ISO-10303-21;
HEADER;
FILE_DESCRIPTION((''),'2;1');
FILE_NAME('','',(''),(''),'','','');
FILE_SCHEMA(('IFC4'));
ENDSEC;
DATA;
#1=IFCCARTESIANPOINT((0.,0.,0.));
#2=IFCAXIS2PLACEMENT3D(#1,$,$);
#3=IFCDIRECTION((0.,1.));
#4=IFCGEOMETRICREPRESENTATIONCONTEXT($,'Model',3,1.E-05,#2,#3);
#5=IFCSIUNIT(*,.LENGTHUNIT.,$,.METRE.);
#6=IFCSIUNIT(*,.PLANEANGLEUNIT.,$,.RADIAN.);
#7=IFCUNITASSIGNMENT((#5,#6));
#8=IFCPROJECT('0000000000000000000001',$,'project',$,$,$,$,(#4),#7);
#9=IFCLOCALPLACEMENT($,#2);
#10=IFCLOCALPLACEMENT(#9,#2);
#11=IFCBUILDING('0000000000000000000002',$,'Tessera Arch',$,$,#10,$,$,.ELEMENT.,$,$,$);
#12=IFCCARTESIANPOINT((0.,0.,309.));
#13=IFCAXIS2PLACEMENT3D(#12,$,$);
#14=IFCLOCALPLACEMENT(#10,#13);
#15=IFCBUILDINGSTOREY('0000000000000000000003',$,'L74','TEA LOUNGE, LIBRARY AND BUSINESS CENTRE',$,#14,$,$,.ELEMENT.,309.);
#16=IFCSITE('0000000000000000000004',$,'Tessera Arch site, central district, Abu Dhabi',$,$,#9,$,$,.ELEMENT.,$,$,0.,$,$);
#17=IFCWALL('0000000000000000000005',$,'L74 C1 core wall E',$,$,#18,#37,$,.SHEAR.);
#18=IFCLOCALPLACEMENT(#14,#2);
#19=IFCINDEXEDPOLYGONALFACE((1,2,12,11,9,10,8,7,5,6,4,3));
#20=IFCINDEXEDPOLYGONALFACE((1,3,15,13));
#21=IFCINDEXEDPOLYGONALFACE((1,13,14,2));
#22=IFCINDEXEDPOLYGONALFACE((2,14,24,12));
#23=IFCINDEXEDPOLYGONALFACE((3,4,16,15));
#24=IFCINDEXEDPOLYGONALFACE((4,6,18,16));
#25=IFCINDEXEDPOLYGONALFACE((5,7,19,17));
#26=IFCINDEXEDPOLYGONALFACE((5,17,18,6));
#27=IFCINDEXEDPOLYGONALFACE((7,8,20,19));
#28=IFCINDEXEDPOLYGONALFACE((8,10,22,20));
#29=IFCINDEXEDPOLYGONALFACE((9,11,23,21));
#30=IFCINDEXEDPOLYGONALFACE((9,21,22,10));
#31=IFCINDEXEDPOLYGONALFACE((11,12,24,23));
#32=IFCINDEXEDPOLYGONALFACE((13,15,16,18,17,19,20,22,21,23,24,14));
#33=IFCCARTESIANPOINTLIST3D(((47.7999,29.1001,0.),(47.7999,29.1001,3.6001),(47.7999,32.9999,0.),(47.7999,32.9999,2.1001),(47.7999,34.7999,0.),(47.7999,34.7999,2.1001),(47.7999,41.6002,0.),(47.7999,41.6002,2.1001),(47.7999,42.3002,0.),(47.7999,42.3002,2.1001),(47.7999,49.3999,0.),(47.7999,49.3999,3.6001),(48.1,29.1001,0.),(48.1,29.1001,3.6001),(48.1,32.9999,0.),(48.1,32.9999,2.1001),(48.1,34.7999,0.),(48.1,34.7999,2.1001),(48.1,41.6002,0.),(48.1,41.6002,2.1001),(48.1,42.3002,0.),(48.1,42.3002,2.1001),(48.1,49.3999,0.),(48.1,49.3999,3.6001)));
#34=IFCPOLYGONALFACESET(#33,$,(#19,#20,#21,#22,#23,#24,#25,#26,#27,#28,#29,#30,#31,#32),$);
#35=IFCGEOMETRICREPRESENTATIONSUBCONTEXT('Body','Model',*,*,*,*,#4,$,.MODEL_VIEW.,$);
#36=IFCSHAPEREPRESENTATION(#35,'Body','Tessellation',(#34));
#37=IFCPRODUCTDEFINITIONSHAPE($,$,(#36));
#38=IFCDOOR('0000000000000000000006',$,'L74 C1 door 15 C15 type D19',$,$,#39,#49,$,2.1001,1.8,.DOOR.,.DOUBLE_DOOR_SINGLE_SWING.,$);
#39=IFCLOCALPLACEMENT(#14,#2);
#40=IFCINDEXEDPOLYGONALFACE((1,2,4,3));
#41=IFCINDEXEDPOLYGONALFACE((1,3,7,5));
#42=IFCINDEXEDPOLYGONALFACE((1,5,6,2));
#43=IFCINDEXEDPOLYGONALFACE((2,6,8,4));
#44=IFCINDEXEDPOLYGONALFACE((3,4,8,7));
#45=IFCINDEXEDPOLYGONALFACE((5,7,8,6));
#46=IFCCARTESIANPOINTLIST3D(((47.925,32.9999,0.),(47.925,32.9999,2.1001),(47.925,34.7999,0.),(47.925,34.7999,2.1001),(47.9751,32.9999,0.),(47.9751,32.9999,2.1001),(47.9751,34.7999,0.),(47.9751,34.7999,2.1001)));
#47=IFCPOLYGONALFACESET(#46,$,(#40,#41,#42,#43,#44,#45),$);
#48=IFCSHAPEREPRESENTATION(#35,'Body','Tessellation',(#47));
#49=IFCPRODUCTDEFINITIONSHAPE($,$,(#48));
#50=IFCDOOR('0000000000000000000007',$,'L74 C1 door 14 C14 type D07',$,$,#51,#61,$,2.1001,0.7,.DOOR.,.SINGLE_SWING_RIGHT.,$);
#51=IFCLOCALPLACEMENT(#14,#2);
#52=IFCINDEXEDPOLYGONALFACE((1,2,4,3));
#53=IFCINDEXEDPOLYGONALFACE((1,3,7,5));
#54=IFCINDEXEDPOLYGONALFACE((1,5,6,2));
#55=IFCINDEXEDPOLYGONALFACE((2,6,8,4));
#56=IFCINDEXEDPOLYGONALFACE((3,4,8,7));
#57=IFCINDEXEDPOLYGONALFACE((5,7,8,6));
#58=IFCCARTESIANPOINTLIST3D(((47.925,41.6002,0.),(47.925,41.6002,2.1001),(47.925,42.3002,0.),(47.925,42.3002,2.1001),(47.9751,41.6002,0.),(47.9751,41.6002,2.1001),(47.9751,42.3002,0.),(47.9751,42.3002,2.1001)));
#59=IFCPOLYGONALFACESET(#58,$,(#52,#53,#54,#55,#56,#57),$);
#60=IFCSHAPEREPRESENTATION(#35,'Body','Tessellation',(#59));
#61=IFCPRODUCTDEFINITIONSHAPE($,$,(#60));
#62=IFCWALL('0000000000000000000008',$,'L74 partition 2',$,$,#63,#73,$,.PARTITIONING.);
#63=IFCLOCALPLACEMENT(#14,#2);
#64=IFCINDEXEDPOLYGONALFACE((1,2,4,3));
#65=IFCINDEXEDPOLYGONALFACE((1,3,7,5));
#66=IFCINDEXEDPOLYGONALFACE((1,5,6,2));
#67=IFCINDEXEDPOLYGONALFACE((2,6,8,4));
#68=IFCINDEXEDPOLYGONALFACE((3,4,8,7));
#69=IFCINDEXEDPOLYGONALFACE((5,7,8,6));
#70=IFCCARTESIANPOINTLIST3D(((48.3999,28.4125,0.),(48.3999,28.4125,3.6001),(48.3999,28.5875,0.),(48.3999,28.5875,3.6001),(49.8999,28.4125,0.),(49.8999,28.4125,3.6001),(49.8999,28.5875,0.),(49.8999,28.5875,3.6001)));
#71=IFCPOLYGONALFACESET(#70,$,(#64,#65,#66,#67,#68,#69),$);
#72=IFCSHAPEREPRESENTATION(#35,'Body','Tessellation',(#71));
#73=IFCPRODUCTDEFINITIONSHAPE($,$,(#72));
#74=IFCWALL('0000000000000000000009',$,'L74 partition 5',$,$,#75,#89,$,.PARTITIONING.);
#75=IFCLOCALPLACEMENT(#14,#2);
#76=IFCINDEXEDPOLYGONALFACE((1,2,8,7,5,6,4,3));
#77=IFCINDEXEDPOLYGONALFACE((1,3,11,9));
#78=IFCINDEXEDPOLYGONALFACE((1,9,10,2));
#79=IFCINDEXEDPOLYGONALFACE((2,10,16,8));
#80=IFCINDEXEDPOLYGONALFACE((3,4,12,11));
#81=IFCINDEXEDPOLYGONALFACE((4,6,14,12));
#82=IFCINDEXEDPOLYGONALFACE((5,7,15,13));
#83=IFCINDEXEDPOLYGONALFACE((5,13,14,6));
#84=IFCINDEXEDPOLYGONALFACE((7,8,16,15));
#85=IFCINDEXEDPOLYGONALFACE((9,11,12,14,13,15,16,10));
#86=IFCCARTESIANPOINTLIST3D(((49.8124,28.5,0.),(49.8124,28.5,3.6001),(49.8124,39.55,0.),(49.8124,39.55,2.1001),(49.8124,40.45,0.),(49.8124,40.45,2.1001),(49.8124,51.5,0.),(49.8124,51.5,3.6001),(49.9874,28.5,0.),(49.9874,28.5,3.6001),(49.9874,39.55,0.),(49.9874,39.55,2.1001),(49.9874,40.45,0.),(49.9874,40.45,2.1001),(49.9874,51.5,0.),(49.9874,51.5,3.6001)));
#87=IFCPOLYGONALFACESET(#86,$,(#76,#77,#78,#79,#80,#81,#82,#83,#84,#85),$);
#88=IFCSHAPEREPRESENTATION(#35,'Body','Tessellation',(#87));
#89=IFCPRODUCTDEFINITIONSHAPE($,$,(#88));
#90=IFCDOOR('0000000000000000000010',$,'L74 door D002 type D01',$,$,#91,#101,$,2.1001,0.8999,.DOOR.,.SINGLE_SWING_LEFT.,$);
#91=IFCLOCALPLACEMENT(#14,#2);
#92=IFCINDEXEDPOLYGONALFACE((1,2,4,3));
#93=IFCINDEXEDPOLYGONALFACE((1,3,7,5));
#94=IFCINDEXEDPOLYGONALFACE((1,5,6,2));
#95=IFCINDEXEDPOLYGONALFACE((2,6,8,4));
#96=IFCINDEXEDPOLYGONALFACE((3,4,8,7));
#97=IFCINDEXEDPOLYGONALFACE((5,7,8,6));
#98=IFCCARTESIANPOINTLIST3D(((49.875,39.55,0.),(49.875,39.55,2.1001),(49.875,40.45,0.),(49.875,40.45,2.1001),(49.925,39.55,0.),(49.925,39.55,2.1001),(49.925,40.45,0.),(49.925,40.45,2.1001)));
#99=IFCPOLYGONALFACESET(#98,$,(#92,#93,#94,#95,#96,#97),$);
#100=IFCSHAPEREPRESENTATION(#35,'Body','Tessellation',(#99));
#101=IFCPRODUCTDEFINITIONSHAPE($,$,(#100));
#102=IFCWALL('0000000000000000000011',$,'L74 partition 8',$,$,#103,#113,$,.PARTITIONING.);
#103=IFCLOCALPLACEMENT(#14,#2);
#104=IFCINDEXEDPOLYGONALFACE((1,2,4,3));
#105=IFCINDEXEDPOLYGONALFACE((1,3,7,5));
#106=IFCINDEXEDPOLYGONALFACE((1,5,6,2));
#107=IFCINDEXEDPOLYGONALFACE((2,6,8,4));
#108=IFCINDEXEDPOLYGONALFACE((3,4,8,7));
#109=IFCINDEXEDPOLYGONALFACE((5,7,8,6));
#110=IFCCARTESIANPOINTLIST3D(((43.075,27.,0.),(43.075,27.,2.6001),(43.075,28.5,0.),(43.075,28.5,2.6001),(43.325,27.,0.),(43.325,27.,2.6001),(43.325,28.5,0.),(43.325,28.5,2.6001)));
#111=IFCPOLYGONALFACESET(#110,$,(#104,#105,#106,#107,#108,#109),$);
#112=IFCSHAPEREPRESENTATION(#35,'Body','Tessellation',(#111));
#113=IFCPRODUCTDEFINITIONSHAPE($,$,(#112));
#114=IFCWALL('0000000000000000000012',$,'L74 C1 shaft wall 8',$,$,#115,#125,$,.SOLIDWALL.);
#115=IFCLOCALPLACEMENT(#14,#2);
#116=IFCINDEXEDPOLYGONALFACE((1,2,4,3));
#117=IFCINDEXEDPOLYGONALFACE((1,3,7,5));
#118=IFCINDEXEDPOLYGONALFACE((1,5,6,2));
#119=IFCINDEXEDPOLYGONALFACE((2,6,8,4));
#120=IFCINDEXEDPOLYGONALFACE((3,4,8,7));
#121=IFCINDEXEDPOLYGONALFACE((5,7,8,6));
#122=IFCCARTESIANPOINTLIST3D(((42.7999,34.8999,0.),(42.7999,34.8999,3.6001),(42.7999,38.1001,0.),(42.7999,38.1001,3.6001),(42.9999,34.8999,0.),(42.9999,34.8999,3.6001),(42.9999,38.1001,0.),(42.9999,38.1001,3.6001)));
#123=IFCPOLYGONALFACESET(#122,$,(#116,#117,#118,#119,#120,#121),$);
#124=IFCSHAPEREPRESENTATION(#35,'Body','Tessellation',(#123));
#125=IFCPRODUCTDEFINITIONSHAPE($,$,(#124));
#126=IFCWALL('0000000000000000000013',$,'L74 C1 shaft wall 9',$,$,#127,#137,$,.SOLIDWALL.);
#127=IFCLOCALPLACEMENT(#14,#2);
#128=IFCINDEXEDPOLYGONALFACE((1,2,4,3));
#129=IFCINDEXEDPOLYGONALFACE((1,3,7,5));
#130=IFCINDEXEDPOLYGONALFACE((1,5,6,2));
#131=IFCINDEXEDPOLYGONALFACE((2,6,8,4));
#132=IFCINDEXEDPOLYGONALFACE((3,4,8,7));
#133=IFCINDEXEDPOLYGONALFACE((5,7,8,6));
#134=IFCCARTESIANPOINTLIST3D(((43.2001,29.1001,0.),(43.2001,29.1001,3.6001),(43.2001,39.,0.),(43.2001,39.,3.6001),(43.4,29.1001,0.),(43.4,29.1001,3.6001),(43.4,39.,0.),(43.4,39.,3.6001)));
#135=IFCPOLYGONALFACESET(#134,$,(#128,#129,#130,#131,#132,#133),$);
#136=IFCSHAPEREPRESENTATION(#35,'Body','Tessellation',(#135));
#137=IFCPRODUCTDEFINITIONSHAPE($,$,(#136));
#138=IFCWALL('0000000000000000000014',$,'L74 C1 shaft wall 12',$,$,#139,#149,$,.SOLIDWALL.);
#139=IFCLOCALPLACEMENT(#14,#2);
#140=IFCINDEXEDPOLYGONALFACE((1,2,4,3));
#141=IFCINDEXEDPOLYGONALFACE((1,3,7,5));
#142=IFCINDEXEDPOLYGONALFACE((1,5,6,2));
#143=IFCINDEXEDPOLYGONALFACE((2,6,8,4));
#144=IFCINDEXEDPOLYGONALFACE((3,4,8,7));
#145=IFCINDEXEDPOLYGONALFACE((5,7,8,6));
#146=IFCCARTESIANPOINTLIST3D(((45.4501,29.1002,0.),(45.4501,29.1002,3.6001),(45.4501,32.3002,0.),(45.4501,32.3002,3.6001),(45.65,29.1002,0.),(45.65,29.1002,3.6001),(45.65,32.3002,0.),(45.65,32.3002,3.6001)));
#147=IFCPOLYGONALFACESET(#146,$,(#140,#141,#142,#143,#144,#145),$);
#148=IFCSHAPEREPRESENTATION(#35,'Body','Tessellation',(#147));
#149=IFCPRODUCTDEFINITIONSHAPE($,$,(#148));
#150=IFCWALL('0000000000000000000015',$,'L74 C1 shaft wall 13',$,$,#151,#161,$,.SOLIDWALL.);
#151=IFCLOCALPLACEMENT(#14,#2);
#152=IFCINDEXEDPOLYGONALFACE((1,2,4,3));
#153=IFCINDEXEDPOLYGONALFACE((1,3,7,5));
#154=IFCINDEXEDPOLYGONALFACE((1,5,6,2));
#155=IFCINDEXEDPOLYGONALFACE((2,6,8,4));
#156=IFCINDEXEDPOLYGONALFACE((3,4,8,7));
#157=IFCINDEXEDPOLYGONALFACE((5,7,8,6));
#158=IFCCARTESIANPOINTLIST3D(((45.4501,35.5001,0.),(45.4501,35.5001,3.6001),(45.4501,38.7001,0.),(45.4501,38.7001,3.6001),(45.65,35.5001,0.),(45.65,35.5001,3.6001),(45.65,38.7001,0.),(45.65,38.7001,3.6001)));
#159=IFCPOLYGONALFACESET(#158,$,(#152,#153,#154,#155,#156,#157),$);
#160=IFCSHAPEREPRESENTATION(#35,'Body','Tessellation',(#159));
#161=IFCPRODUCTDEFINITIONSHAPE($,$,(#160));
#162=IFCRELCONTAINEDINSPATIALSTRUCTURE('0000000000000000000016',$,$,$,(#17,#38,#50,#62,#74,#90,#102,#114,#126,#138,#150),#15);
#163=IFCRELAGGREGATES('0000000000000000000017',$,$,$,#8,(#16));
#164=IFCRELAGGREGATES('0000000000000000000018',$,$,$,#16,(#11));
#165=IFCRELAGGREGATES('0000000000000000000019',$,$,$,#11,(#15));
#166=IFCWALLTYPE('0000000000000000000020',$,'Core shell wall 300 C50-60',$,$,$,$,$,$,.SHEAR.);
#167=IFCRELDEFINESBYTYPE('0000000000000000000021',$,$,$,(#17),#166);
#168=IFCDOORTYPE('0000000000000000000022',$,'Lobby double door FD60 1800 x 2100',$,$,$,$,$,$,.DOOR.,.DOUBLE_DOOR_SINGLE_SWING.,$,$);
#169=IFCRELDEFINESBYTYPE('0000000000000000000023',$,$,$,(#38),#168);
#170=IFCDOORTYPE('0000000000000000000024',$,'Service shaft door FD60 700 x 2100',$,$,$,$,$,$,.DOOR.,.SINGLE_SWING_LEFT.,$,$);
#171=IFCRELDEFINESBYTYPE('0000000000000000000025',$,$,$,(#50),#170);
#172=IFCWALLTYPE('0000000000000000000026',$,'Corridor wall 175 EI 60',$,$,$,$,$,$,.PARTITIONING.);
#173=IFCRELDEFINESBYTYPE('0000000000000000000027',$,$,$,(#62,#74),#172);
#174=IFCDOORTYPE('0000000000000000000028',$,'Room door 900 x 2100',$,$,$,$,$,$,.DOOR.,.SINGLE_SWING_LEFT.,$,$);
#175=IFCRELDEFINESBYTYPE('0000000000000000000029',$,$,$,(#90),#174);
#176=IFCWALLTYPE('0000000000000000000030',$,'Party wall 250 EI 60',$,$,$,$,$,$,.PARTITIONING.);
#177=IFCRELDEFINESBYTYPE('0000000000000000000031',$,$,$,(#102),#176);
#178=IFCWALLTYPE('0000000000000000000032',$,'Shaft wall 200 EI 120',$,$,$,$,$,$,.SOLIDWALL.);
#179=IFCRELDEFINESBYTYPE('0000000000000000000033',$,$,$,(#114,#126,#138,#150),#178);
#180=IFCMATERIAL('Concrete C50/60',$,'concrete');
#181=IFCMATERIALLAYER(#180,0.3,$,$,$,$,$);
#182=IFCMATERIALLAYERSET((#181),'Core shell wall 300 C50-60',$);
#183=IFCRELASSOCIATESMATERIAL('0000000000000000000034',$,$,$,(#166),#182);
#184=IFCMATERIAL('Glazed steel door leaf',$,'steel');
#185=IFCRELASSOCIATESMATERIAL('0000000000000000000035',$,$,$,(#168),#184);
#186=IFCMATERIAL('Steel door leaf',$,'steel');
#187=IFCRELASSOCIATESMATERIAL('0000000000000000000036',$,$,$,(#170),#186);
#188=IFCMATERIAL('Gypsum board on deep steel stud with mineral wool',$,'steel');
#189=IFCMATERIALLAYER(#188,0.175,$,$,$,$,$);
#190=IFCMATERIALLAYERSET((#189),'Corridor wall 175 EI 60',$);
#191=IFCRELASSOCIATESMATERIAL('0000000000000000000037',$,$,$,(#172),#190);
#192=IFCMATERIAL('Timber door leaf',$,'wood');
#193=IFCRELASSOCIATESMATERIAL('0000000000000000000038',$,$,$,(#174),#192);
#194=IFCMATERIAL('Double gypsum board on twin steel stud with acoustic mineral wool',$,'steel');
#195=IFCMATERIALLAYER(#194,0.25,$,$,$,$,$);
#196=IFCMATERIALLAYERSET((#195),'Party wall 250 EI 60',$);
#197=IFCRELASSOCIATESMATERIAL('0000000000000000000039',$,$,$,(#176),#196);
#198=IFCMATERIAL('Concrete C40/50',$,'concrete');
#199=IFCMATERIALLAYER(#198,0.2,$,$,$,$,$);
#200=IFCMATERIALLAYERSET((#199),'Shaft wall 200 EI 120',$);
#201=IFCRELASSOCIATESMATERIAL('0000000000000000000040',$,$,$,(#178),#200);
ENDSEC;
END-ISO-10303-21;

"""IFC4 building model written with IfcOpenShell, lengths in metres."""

from ifc_helpers import new_model, si_unit, direction, frame, frame_2d, origin, place, context, subcontext, project, spatial, rectangle, extrude, material, layer, layer_set, type_object, element, fill, save


model = new_model("IFC4")

# Units and contexts
model_context = context("Model", 3, precision=1e-05, world=origin(), true_north=direction((0.0, 1.0)))
body_context = subcontext(model_context, "Body", "Model", "MODEL_VIEW")
ifc_project = project(units=[si_unit("LENGTHUNIT", "METRE"), si_unit("PLANEANGLEUNIT", "RADIAN")], contexts=[model_context])

# Site, building, storey
site_placement = place(None, origin())
site = spatial("IfcSite", under=ifc_project, at=site_placement, Name="Tessera Arch site, central district, Abu Dhabi", CompositionType="ELEMENT", RefElevation=0.0)
building_placement = place(site_placement, origin())
building = spatial("IfcBuilding", under=site, at=building_placement, Name="Tessera Arch", CompositionType="ELEMENT")
storey_placement = place(building_placement, frame((0.0, 0.0, 309.0)))
storey = spatial("IfcBuildingStorey", under=building, at=storey_placement, Name="L74", Description="TEA LOUNGE, LIBRARY AND BUSINESS CENTRE", CompositionType="ELEMENT", Elevation=309.0)

# Wall, openings, doors
ifc_material_1 = material(Name="Concrete C50/60", Category="concrete")
ifc_layer_1 = layer(ifc_material_1, 0.3)
ifc_layer_set_1 = layer_set([ifc_layer_1], Name="Core shell wall 300 C50-60")
wall_type_1 = type_object("IfcWallType", Name="Core shell wall 300 C50-60", PredefinedType="SHEAR", material=ifc_layer_set_1)
wall_1_placement = place(storey_placement, frame((47.95, 29.1001, 0.0), z_axis=(0.0, 0.0, 1.0), x_axis=(0.0, 1.0, 0.0)))
wall_1 = element("IfcWall", 1, at=wall_1_placement, inside=storey, type_object=wall_type_1, Name="L74 C1 core wall E", PredefinedType="SHEAR", context=body_context, shape_type="SweptSolid", body=[
    extrude(rectangle(XDim=20.2998, YDim=0.3, at=frame_2d((10.1499, 0.0))), origin(), (0.0, 0.0, 1.0), 3.6001),
])
opening_1_placement = place(wall_1_placement, frame((12.5, 0.0, 0.0)))
opening_1 = element("IfcOpeningElement", 2, at=opening_1_placement, cuts=wall_1, PredefinedType="OPENING", context=body_context, shape_type="SweptSolid", body=[
    extrude(rectangle(XDim=0.7, YDim=2.1001, at=frame_2d((0.3501, 1.05))), frame((0.0, 0.1599, 0.0), z_axis=(0.0, -1.0, 0.0), x_axis=(1.0, 0.0, 0.0)), (0.0, 0.0, 1.0), 0.3201),
])
opening_2_placement = place(wall_1_placement, frame((3.8999, 0.0, 0.0)))
opening_2 = element("IfcOpeningElement", 3, at=opening_2_placement, cuts=wall_1, PredefinedType="OPENING", context=body_context, shape_type="SweptSolid", body=[
    extrude(rectangle(XDim=1.8, YDim=2.1001, at=frame_2d((0.8999, 1.05))), frame((0.0, 0.1599, 0.0), z_axis=(0.0, -1.0, 0.0), x_axis=(1.0, 0.0, 0.0)), (0.0, 0.0, 1.0), 0.3201),
])
ifc_material_2 = material(Name="Glazed steel door leaf", Category="steel")
door_type_1 = type_object("IfcDoorType", Name="Lobby double door FD60 1800 x 2100", OperationType="DOUBLE_DOOR_SINGLE_SWING", PredefinedType="DOOR", material=ifc_material_2)
door_1_placement = place(opening_2_placement, origin())
door_1 = element("IfcDoor", 4, at=door_1_placement, inside=storey, type_object=door_type_1, Name="L74 C1 door 15 C15 type D19", OperationType="DOUBLE_DOOR_SINGLE_SWING", OverallHeight=2.1001, OverallWidth=1.8, PredefinedType="DOOR", context=body_context, shape_type="SweptSolid", body=[
    extrude(rectangle(XDim=1.8, YDim=2.1001, at=frame_2d((0.8999, 1.05))), frame((0.0, 0.0249, 0.0), z_axis=(0.0, -1.0, 0.0), x_axis=(1.0, 0.0, 0.0)), (0.0, 0.0, 1.0), 0.05),
])
fill(opening_2, door_1)
ifc_material_3 = material(Name="Steel door leaf", Category="steel")
door_type_2 = type_object("IfcDoorType", Name="Service shaft door FD60 700 x 2100", OperationType="SINGLE_SWING_LEFT", PredefinedType="DOOR", material=ifc_material_3)
door_2_placement = place(opening_1_placement, origin())
door_2 = element("IfcDoor", 5, at=door_2_placement, inside=storey, type_object=door_type_2, Name="L74 C1 door 14 C14 type D07", OperationType="SINGLE_SWING_RIGHT", OverallHeight=2.1001, OverallWidth=0.7, PredefinedType="DOOR", context=body_context, shape_type="SweptSolid", body=[
    extrude(rectangle(XDim=0.7, YDim=2.1001, at=frame_2d((0.3501, 1.05))), frame((0.0, 0.0249, 0.0), z_axis=(0.0, -1.0, 0.0), x_axis=(1.0, 0.0, 0.0)), (0.0, 0.0, 1.0), 0.05),
])
fill(opening_1, door_2)

# Wall
ifc_material_4 = material(Name="Gypsum board on deep steel stud with mineral wool", Category="steel")
ifc_layer_2 = layer(ifc_material_4, 0.175)
ifc_layer_set_2 = layer_set([ifc_layer_2], Name="Corridor wall 175 EI 60")
wall_type_2 = type_object("IfcWallType", Name="Corridor wall 175 EI 60", PredefinedType="PARTITIONING", material=ifc_layer_set_2)
wall_2_placement = place(storey_placement, frame((48.3999, 28.5, 0.0), z_axis=(0.0, 0.0, 1.0), x_axis=(1.0, 0.0, 0.0)))
element("IfcWall", 6, at=wall_2_placement, inside=storey, type_object=wall_type_2, Name="L74 partition 2", PredefinedType="PARTITIONING", context=body_context, shape_type="SweptSolid", body=[
    extrude(rectangle(XDim=1.5, YDim=0.175, at=frame_2d((0.75, 0.0))), origin(), (0.0, 0.0, 1.0), 3.6001),
])

# Wall, opening, door
wall_3_placement = place(storey_placement, frame((49.8999, 28.5, 0.0), z_axis=(0.0, 0.0, 1.0), x_axis=(0.0, 1.0, 0.0)))
wall_3 = element("IfcWall", 7, at=wall_3_placement, inside=storey, type_object=wall_type_2, Name="L74 partition 5", PredefinedType="PARTITIONING", context=body_context, shape_type="SweptSolid", body=[
    extrude(rectangle(XDim=23.0, YDim=0.175, at=frame_2d((11.5, 0.0))), origin(), (0.0, 0.0, 1.0), 3.6001),
])
opening_3_placement = place(wall_3_placement, frame((11.05, 0.0, 0.0)))
opening_3 = element("IfcOpeningElement", 8, at=opening_3_placement, cuts=wall_3, PredefinedType="OPENING", context=body_context, shape_type="SweptSolid", body=[
    extrude(rectangle(XDim=0.8999, YDim=2.1001, at=frame_2d((0.45, 1.05))), frame((0.0, 0.0974, 0.0), z_axis=(0.0, -1.0, 0.0), x_axis=(1.0, 0.0, 0.0)), (0.0, 0.0, 1.0), 0.1951),
])
ifc_material_5 = material(Name="Timber door leaf", Category="wood")
door_type_3 = type_object("IfcDoorType", Name="Room door 900 x 2100", OperationType="SINGLE_SWING_LEFT", PredefinedType="DOOR", material=ifc_material_5)
door_3_placement = place(opening_3_placement, origin())
door_3 = element("IfcDoor", 9, at=door_3_placement, inside=storey, type_object=door_type_3, Name="L74 door D002 type D01", OperationType="SINGLE_SWING_LEFT", OverallHeight=2.1001, OverallWidth=0.8999, PredefinedType="DOOR", context=body_context, shape_type="SweptSolid", body=[
    extrude(rectangle(XDim=0.8999, YDim=2.1001, at=frame_2d((0.45, 1.05))), frame((0.0, 0.0249, 0.0), z_axis=(0.0, -1.0, 0.0), x_axis=(1.0, 0.0, 0.0)), (0.0, 0.0, 1.0), 0.05),
])
fill(opening_3, door_3)

# Walls
ifc_material_6 = material(Name="Double gypsum board on twin steel stud with acoustic mineral wool", Category="steel")
ifc_layer_3 = layer(ifc_material_6, 0.25)
ifc_layer_set_3 = layer_set([ifc_layer_3], Name="Party wall 250 EI 60")
wall_type_3 = type_object("IfcWallType", Name="Party wall 250 EI 60", PredefinedType="PARTITIONING", material=ifc_layer_set_3)
wall_4_placement = place(storey_placement, frame((43.2, 27.0, 0.0), z_axis=(0.0, 0.0, 1.0), x_axis=(0.0, 1.0, 0.0)))
element("IfcWall", 10, at=wall_4_placement, inside=storey, type_object=wall_type_3, Name="L74 partition 8", PredefinedType="PARTITIONING", context=body_context, shape_type="SweptSolid", body=[
    extrude(rectangle(XDim=1.5, YDim=0.25, at=frame_2d((0.75, 0.0))), origin(), (0.0, 0.0, 1.0), 2.6001),
])
ifc_material_7 = material(Name="Concrete C40/50", Category="concrete")
ifc_layer_4 = layer(ifc_material_7, 0.2)
ifc_layer_set_4 = layer_set([ifc_layer_4], Name="Shaft wall 200 EI 120")
wall_type_4 = type_object("IfcWallType", Name="Shaft wall 200 EI 120", PredefinedType="SOLIDWALL", material=ifc_layer_set_4)
wall_5_placement = place(storey_placement, frame((42.8999, 34.8999, 0.0), z_axis=(0.0, 0.0, 1.0), x_axis=(0.0, 1.0, 0.0)))
element("IfcWall", 11, at=wall_5_placement, inside=storey, type_object=wall_type_4, Name="L74 C1 shaft wall 8", PredefinedType="SOLIDWALL", context=body_context, shape_type="SweptSolid", body=[
    extrude(rectangle(XDim=3.2002, YDim=0.2, at=frame_2d((1.6001, 0.0))), origin(), (0.0, 0.0, 1.0), 3.6001),
])
wall_6_placement = place(storey_placement, frame((43.3, 29.1001, 0.0), z_axis=(0.0, 0.0, 1.0), x_axis=(0.0, 1.0, 0.0)))
element("IfcWall", 12, at=wall_6_placement, inside=storey, type_object=wall_type_4, Name="L74 C1 shaft wall 9", PredefinedType="SOLIDWALL", context=body_context, shape_type="SweptSolid", body=[
    extrude(rectangle(XDim=9.8999, YDim=0.2, at=frame_2d((4.95, 0.0))), origin(), (0.0, 0.0, 1.0), 3.6001),
])
for number, where, z_axis, x_axis, name in (
    (13, (45.55, 29.1001, 0.0), (0.0, 0.0, 1.0), (0.0, 1.0, 0.0), "L74 C1 shaft wall 12"),
    (14, (45.55, 35.5, 0.0), (0.0, 0.0, 1.0), (0.0, 1.0, 0.0), "L74 C1 shaft wall 13"),
):
    element("IfcWall", number, at=place(storey_placement, frame(where, z_axis=z_axis, x_axis=x_axis)), inside=storey, type_object=wall_type_4, Name=name, PredefinedType="SOLIDWALL", context=body_context, shape_type="SweptSolid", body=[
        extrude(rectangle(XDim=3.2, YDim=0.2, at=frame_2d((1.6001, 0.0))), origin(), (0.0, 0.0, 1.0), 3.6001),
    ])

save(model, "model.ifc")
